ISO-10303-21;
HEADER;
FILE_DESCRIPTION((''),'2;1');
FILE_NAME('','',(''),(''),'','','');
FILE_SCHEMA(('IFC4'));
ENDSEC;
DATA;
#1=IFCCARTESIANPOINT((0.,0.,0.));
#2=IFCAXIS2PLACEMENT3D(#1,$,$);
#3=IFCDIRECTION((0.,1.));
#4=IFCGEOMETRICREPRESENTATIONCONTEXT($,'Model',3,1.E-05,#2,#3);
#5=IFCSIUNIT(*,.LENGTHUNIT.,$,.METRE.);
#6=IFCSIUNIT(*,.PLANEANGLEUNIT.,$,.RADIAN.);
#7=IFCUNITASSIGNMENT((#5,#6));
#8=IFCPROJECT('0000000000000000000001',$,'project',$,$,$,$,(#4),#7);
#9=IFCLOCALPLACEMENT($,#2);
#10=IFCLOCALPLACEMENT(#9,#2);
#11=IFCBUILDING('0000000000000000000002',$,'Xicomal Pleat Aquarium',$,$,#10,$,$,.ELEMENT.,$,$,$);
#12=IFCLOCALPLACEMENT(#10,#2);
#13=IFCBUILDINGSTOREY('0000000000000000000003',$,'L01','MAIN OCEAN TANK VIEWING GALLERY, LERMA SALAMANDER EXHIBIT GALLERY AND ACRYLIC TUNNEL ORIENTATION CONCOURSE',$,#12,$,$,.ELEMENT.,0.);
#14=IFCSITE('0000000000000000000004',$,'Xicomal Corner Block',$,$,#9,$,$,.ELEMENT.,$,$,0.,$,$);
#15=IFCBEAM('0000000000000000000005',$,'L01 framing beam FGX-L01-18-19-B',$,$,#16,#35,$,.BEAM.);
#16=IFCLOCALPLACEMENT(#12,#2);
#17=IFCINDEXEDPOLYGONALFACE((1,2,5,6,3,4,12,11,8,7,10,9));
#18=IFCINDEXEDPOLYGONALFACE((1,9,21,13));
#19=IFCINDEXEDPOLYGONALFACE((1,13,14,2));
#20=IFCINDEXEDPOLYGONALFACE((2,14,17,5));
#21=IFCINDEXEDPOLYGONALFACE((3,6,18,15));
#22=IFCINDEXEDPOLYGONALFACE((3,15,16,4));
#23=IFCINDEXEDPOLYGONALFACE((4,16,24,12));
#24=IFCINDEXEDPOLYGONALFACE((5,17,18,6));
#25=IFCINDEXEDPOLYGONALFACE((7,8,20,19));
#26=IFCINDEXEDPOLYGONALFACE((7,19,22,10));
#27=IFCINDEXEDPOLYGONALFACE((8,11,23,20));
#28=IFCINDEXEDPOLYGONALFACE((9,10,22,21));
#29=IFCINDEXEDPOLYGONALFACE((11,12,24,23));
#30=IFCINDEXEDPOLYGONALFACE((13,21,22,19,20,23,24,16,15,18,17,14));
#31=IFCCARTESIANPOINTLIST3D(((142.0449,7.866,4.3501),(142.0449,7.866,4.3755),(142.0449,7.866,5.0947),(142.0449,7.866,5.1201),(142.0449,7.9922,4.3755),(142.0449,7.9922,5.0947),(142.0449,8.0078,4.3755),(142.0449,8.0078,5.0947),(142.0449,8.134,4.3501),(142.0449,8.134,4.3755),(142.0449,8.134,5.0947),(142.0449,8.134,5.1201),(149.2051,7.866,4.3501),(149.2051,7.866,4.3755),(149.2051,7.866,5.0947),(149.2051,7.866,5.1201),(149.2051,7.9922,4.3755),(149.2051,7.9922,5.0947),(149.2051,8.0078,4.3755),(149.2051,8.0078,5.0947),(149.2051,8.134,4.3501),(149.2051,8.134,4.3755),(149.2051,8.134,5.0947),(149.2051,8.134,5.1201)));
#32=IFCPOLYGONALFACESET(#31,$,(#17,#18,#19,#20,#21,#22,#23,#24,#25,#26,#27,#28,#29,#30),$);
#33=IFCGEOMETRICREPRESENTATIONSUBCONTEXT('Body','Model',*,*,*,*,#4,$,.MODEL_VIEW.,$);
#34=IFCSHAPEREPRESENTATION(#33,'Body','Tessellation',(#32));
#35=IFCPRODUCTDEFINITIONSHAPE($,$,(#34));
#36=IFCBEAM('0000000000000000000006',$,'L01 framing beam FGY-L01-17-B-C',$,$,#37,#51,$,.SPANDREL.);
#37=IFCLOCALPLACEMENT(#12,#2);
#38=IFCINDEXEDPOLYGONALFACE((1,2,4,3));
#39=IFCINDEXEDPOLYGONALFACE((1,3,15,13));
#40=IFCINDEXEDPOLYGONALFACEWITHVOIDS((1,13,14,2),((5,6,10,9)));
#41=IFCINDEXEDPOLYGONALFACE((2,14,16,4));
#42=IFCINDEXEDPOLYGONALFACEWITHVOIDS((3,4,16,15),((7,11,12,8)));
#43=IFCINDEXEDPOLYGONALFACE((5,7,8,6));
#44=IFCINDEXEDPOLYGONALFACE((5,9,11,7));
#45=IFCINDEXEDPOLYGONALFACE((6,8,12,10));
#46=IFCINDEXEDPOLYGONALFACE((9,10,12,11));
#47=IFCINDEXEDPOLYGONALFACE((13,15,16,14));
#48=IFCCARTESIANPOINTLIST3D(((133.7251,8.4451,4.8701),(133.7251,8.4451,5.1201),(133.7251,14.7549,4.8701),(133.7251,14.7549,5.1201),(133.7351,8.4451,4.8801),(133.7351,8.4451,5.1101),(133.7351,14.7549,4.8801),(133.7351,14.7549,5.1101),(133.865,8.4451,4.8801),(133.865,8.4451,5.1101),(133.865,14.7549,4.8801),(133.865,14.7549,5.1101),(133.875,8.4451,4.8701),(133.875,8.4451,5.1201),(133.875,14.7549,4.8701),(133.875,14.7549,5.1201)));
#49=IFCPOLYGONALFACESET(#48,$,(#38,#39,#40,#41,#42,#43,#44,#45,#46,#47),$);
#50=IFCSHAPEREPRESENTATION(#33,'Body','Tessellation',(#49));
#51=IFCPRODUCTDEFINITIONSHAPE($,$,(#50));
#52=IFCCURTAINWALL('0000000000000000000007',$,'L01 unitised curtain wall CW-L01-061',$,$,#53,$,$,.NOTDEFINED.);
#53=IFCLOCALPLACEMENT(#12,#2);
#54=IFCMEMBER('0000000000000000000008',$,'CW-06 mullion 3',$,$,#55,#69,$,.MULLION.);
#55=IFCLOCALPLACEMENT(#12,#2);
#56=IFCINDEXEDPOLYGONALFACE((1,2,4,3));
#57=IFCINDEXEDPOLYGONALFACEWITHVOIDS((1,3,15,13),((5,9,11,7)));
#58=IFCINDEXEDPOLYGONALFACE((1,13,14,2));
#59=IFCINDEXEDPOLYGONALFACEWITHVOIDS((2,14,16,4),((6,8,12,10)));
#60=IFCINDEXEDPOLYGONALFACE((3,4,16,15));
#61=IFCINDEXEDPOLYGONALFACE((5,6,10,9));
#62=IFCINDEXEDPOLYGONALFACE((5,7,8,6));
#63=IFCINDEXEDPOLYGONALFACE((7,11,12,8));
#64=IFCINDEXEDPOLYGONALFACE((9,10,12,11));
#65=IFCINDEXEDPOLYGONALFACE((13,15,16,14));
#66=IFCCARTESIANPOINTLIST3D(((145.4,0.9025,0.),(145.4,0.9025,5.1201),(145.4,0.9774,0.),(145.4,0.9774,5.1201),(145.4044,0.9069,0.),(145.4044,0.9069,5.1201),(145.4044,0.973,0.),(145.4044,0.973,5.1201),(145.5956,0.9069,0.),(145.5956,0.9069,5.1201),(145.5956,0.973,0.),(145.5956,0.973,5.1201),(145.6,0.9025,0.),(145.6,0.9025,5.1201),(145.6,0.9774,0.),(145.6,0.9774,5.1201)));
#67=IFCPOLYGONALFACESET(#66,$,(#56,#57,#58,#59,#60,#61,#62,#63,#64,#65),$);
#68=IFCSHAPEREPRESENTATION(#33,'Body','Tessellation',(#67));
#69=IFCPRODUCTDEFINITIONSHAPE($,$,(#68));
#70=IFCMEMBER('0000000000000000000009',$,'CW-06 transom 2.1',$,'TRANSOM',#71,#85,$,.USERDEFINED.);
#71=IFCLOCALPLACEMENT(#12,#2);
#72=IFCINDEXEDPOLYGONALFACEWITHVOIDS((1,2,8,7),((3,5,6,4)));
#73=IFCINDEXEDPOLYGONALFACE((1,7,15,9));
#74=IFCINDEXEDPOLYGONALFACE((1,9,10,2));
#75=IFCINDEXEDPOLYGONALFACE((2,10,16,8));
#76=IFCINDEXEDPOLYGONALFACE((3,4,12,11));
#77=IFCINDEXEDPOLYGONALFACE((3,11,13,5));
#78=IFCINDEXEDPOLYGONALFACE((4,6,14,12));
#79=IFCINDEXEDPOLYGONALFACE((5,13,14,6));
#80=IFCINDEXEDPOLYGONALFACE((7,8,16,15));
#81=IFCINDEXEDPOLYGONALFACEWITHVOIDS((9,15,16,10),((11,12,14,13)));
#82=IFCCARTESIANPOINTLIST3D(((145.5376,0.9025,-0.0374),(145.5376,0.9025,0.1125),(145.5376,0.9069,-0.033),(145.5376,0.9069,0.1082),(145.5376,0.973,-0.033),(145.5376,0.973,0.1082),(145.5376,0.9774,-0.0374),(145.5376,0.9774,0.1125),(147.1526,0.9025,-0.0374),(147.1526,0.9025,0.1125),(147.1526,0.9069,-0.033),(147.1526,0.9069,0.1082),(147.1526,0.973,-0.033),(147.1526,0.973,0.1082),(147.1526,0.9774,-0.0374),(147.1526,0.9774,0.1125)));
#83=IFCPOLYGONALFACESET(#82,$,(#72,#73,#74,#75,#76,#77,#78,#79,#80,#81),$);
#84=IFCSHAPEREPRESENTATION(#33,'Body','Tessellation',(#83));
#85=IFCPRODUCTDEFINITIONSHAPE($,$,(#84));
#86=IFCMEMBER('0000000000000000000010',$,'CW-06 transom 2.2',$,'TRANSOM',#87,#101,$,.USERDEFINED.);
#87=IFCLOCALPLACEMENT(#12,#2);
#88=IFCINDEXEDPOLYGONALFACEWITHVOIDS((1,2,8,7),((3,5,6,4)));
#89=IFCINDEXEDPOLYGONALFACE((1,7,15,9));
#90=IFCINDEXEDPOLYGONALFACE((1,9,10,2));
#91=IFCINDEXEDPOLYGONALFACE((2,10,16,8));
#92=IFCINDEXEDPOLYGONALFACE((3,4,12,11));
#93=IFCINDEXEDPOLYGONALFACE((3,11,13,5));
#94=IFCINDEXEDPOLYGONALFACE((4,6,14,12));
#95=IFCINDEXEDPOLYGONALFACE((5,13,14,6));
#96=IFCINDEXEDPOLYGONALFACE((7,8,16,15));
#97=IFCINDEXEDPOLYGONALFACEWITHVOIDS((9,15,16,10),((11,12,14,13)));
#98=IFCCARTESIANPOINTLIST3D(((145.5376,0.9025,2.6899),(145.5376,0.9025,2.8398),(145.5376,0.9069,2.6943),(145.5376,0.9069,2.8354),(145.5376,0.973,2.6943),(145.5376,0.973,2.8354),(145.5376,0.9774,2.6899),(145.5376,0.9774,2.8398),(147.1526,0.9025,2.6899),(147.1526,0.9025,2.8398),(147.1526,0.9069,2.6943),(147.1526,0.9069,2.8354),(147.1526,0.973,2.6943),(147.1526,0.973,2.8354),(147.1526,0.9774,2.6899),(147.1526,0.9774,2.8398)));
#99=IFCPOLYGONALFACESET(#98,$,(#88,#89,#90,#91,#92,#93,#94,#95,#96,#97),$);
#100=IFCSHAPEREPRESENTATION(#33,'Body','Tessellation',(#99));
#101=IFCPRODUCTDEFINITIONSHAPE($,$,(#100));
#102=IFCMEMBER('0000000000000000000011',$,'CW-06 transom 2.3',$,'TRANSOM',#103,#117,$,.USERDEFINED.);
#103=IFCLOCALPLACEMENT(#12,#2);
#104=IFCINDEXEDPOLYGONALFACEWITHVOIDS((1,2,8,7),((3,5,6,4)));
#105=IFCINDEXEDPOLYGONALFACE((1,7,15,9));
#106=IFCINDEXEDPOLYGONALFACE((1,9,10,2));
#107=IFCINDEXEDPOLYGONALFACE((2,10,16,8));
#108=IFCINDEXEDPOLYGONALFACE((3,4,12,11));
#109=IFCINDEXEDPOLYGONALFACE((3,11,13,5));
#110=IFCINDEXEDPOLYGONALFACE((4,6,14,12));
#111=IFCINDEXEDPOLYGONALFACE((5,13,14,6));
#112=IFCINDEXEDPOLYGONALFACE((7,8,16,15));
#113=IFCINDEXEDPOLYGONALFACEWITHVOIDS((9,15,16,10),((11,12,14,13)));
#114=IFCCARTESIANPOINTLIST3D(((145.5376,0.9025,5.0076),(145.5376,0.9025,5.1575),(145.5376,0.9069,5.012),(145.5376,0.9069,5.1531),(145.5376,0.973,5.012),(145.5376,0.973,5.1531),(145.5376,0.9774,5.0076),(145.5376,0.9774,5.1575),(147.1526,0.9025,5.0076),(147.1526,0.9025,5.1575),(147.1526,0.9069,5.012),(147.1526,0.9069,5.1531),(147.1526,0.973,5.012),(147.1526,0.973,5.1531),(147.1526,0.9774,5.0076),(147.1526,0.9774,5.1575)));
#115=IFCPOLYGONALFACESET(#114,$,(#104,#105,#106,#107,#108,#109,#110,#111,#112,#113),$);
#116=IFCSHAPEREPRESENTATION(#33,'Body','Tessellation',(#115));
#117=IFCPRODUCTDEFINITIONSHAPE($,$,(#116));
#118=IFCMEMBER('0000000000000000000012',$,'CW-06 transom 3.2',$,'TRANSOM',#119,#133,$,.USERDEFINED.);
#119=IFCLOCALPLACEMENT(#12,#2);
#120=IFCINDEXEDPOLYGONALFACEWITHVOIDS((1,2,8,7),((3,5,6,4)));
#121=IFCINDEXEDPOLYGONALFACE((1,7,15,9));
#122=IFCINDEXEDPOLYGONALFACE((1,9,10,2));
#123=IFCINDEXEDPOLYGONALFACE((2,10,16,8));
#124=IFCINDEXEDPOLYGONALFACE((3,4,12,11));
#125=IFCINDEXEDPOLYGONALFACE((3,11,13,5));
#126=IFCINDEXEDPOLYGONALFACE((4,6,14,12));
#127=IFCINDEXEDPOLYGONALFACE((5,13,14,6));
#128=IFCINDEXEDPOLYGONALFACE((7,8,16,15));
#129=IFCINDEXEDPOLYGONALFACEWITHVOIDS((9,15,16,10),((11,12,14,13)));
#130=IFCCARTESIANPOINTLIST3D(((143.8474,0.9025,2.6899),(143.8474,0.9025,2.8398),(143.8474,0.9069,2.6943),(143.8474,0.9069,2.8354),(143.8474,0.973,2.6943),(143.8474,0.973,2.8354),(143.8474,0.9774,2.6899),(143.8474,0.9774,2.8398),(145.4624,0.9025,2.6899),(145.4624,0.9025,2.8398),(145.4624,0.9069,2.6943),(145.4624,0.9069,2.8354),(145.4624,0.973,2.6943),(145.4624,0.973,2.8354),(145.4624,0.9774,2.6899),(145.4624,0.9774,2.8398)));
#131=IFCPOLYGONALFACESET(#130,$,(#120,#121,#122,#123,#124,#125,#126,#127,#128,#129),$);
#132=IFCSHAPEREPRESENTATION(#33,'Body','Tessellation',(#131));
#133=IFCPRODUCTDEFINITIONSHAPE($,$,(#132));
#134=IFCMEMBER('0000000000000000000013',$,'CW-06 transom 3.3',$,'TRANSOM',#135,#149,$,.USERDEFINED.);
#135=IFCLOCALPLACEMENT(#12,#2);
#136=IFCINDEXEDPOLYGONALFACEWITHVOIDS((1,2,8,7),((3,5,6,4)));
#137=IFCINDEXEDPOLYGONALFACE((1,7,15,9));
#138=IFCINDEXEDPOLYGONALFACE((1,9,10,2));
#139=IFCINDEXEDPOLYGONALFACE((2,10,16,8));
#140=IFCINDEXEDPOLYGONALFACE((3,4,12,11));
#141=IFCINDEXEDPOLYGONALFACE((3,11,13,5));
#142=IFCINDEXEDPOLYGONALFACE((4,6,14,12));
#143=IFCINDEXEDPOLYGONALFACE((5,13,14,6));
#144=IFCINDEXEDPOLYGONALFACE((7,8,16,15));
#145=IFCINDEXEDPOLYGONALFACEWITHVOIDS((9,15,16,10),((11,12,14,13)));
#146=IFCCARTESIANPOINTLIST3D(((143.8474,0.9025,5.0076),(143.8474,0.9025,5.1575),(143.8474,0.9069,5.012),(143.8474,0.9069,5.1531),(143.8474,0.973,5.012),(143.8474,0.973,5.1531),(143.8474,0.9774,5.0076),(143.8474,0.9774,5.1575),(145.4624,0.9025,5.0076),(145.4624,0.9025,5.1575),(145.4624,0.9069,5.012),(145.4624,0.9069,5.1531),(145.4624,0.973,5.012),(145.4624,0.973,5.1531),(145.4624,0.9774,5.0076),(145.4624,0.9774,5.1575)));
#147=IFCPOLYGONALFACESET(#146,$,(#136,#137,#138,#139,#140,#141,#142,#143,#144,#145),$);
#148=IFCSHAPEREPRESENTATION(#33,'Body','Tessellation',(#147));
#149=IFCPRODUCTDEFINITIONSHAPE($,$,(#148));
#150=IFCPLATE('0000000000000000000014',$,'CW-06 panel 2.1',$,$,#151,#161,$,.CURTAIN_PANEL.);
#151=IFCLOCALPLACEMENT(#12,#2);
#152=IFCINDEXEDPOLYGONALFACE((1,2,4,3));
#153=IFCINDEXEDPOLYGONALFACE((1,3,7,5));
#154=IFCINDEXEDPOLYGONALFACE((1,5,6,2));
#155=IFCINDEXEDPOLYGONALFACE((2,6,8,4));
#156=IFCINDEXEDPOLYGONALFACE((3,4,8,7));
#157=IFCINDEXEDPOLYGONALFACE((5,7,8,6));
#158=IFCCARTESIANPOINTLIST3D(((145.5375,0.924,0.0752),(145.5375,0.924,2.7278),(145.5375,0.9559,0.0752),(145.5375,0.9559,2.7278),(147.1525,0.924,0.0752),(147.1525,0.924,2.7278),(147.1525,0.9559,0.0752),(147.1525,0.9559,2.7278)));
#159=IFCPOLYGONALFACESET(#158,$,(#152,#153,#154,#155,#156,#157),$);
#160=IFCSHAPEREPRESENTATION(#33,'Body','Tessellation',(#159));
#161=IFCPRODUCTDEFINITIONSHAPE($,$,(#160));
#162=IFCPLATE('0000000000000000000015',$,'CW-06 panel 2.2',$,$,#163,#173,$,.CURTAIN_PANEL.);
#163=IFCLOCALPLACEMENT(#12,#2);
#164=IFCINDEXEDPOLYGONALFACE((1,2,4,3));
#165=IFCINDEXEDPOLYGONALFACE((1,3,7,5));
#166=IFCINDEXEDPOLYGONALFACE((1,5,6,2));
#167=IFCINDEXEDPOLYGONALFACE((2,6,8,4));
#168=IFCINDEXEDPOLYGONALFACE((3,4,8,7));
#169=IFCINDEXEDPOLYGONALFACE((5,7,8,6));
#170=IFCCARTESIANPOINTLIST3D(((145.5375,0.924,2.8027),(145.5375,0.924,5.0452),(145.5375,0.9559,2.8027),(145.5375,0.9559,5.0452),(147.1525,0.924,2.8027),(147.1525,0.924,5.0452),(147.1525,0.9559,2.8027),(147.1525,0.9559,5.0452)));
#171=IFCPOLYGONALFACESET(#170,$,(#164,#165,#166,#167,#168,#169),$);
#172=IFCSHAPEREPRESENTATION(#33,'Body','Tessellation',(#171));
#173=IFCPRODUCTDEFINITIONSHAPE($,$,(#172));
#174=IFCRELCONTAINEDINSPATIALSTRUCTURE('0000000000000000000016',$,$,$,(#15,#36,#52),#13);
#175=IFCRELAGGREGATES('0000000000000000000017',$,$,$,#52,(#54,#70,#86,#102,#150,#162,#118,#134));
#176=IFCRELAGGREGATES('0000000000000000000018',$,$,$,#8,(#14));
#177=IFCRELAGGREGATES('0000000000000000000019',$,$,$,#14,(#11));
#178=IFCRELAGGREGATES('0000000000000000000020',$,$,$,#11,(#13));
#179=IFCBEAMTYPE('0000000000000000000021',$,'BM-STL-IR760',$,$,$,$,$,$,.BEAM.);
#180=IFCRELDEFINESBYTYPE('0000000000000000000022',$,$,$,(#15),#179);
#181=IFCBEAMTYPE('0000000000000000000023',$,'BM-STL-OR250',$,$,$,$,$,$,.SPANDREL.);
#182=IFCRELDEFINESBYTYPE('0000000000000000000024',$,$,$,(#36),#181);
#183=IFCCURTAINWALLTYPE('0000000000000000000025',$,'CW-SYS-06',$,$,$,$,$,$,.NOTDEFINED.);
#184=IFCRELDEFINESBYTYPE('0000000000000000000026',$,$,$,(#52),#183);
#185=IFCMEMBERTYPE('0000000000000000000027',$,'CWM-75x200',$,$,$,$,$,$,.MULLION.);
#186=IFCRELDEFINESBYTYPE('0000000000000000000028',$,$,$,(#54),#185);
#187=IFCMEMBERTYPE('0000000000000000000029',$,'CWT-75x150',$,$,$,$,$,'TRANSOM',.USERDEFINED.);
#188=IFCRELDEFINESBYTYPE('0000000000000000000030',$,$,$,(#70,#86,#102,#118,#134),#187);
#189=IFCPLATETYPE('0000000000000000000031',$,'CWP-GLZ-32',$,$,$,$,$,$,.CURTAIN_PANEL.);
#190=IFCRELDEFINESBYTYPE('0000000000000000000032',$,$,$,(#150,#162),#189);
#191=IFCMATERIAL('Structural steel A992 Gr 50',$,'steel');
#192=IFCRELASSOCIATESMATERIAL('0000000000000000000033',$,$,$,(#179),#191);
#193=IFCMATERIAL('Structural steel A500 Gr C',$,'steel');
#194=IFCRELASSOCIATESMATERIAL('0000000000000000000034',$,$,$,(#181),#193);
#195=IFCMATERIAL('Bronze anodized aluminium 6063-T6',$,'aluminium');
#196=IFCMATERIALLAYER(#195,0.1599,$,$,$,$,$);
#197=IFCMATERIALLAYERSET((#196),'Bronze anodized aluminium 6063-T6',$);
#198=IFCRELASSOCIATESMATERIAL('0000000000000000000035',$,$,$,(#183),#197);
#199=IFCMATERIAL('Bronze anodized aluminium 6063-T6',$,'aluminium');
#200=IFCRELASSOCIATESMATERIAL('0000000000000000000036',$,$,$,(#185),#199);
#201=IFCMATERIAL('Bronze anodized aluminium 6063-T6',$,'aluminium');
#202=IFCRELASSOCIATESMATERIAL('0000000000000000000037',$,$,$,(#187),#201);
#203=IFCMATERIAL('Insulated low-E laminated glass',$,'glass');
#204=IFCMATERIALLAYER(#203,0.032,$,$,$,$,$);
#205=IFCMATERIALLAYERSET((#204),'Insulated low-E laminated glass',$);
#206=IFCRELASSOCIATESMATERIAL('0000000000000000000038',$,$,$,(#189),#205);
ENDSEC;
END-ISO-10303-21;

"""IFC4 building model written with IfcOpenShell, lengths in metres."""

from ifc_helpers import new_model, si_unit, direction, frame, origin, origin_2d, place, context, subcontext, project, spatial, rectangle, hollow_rectangle, i_section, extrude, material, layer, layer_set, material_profile, profile_set, type_object, element, aggregate, save


model = new_model("IFC4")

# Units and contexts
model_context = context("Model", 3, precision=1e-05, world=origin(), true_north=direction((0.0, 1.0)))
body_context = subcontext(model_context, "Body", "Model", "MODEL_VIEW")
ifc_project = project(units=[si_unit("LENGTHUNIT", "METRE"), si_unit("PLANEANGLEUNIT", "RADIAN")], contexts=[model_context])

# Site, building, storey
site_placement = place(None, origin())
site = spatial("IfcSite", under=ifc_project, at=site_placement, Name="Xicomal Corner Block", CompositionType="ELEMENT", RefElevation=0.0)
building_placement = place(site_placement, origin())
building = spatial("IfcBuilding", under=site, at=building_placement, Name="Xicomal Pleat Aquarium", CompositionType="ELEMENT")
storey_placement = place(building_placement, origin())
storey = spatial("IfcBuildingStorey", under=building, at=storey_placement, Name="L01", Description="MAIN OCEAN TANK VIEWING GALLERY, LERMA SALAMANDER EXHIBIT GALLERY AND ACRYLIC TUNNEL ORIENTATION CONCOURSE", CompositionType="ELEMENT", Elevation=0.0)

# Beams
ifc_material_1 = material(Name="Structural steel A992 Gr 50", Category="steel")
ifc_material_profile_1 = material_profile(ifc_material_1, i_section(OverallWidth=0.2681, OverallDepth=0.77, WebThickness=0.0156, FlangeThickness=0.0254, at=origin_2d()), Name="IR 760x196")
ifc_profile_set_1 = profile_set([ifc_material_profile_1], Name="Structural steel A992 Gr 50")
beam_type_1 = type_object("IfcBeamType", Name="BM-STL-IR760", PredefinedType="BEAM", material=ifc_profile_set_1)
beam_1_placement = place(storey_placement, frame((142.0449, 8.0, 4.7351), z_axis=(1.0, 0.0, 0.0), x_axis=(0.0, 1.0, 0.0)))
element("IfcBeam", 1, at=beam_1_placement, inside=storey, type_object=beam_type_1, Name="L01 framing beam FGX-L01-18-19-B", PredefinedType="BEAM", context=body_context, shape_type="SweptSolid", body=[
    extrude(i_section(OverallWidth=0.2681, OverallDepth=0.77, WebThickness=0.0156, FlangeThickness=0.0254, at=origin_2d()), origin(), (0.0, 0.0, 1.0), 7.1602),
])
ifc_material_2 = material(Name="Structural steel A500 Gr C", Category="steel")
ifc_material_profile_2 = material_profile(ifc_material_2, hollow_rectangle(XDim=0.1499, YDim=0.25, WallThickness=0.01, at=origin_2d()), Name="OR 250x150x10")
ifc_profile_set_2 = profile_set([ifc_material_profile_2], Name="Structural steel A500 Gr C")
beam_type_2 = type_object("IfcBeamType", Name="BM-STL-OR250", PredefinedType="SPANDREL", material=ifc_profile_set_2)
beam_2_placement = place(storey_placement, frame((133.8, 8.4451, 4.9951), z_axis=(0.0, 1.0, 0.0), x_axis=(-1.0, 0.0, 0.0)))
element("IfcBeam", 2, at=beam_2_placement, inside=storey, type_object=beam_type_2, Name="L01 framing beam FGY-L01-17-B-C", PredefinedType="SPANDREL", context=body_context, shape_type="SweptSolid", body=[
    extrude(hollow_rectangle(XDim=0.1499, YDim=0.25, WallThickness=0.01, at=origin_2d()), origin(), (0.0, 0.0, 1.0), 6.3098),
])

# Curtain wall, members, plates
ifc_material_3 = material(Name="Bronze anodized aluminium 6063-T6", Category="aluminium")
ifc_layer_1 = layer(ifc_material_3, 0.1599)
ifc_layer_set_1 = layer_set([ifc_layer_1], Name="Bronze anodized aluminium 6063-T6")
curtain_wall_type = type_object("IfcCurtainWallType", Name="CW-SYS-06", PredefinedType="NOTDEFINED", material=ifc_layer_set_1)
curtain_wall_placement = place(storey_placement, origin())
curtain_wall = element("IfcCurtainWall", 3, at=curtain_wall_placement, inside=storey, type_object=curtain_wall_type, Name="L01 unitised curtain wall CW-L01-061", PredefinedType="NOTDEFINED")
ifc_material_4 = material(Name="Bronze anodized aluminium 6063-T6", Category="aluminium")
ifc_material_profile_3 = material_profile(ifc_material_4, hollow_rectangle(XDim=0.075, YDim=0.2, WallThickness=0.0044, at=origin_2d()), Name="ALU MULL 75x200")
ifc_profile_set_3 = profile_set([ifc_material_profile_3], Name="Bronze anodized aluminium 6063-T6")
member_type_1 = type_object("IfcMemberType", Name="CWM-75x200", PredefinedType="MULLION", material=ifc_profile_set_3)
member_1_placement = place(storey_placement, frame((145.5, 0.9399, 0.0), z_axis=(0.0, 0.0, 1.0), x_axis=(0.0, -1.0, 0.0)))
member_1 = element("IfcMember", 4, at=member_1_placement, type_object=member_type_1, Name="CW-06 mullion 3", PredefinedType="MULLION", context=body_context, shape_type="SweptSolid", body=[
    extrude(hollow_rectangle(XDim=0.075, YDim=0.2, WallThickness=0.0044, at=origin_2d()), origin(), (0.0, 0.0, 1.0), 5.1201),
])
ifc_material_5 = material(Name="Bronze anodized aluminium 6063-T6", Category="aluminium")
ifc_material_profile_4 = material_profile(ifc_material_5, hollow_rectangle(XDim=0.075, YDim=0.1499, WallThickness=0.0044, at=origin_2d()), Name="ALU TRAN 75x150")
ifc_profile_set_4 = profile_set([ifc_material_profile_4], Name="Bronze anodized aluminium 6063-T6")
member_type_2 = type_object("IfcMemberType", Name="CWT-75x150", ElementType="TRANSOM", PredefinedType="USERDEFINED", material=ifc_profile_set_4)
member_2_placement = place(storey_placement, frame((147.1526, 0.9399, 0.0376), z_axis=(-1.0, 0.0, 0.0), x_axis=(0.0, -1.0, 0.0)))
member_2 = element("IfcMember", 5, at=member_2_placement, type_object=member_type_2, Name="CW-06 transom 2.1", ObjectType="TRANSOM", PredefinedType="USERDEFINED", context=body_context, shape_type="SweptSolid", body=[
    extrude(hollow_rectangle(XDim=0.075, YDim=0.1499, WallThickness=0.0044, at=origin_2d()), origin(), (0.0, 0.0, 1.0), 1.615),
])
member_3_placement = place(storey_placement, frame((147.1526, 0.9399, 2.7649), z_axis=(-1.0, 0.0, 0.0), x_axis=(0.0, -1.0, 0.0)))
member_3 = element("IfcMember", 6, at=member_3_placement, type_object=member_type_2, Name="CW-06 transom 2.2", ObjectType="TRANSOM", PredefinedType="USERDEFINED", context=body_context, shape_type="SweptSolid", body=[
    extrude(hollow_rectangle(XDim=0.075, YDim=0.1499, WallThickness=0.0044, at=origin_2d()), origin(), (0.0, 0.0, 1.0), 1.615),
])
member_4_placement = place(storey_placement, frame((147.1526, 0.9399, 5.0825), z_axis=(-1.0, 0.0, 0.0), x_axis=(0.0, -1.0, 0.0)))
member_4 = element("IfcMember", 7, at=member_4_placement, type_object=member_type_2, Name="CW-06 transom 2.3", ObjectType="TRANSOM", PredefinedType="USERDEFINED", context=body_context, shape_type="SweptSolid", body=[
    extrude(hollow_rectangle(XDim=0.075, YDim=0.1499, WallThickness=0.0044, at=origin_2d()), origin(), (0.0, 0.0, 1.0), 1.615),
])
member_5_placement = place(storey_placement, frame((145.4624, 0.9399, 2.7649), z_axis=(-1.0, 0.0, 0.0), x_axis=(0.0, -1.0, 0.0)))
member_5 = element("IfcMember", 8, at=member_5_placement, type_object=member_type_2, Name="CW-06 transom 3.2", ObjectType="TRANSOM", PredefinedType="USERDEFINED", context=body_context, shape_type="SweptSolid", body=[
    extrude(hollow_rectangle(XDim=0.075, YDim=0.1499, WallThickness=0.0044, at=origin_2d()), origin(), (0.0, 0.0, 1.0), 1.615),
])
member_6_placement = place(storey_placement, frame((145.4624, 0.9399, 5.0825), z_axis=(-1.0, 0.0, 0.0), x_axis=(0.0, -1.0, 0.0)))
member_6 = element("IfcMember", 9, at=member_6_placement, type_object=member_type_2, Name="CW-06 transom 3.3", ObjectType="TRANSOM", PredefinedType="USERDEFINED", context=body_context, shape_type="SweptSolid", body=[
    extrude(hollow_rectangle(XDim=0.075, YDim=0.1499, WallThickness=0.0044, at=origin_2d()), origin(), (0.0, 0.0, 1.0), 1.615),
])
ifc_material_6 = material(Name="Insulated low-E laminated glass", Category="glass")
ifc_layer_2 = layer(ifc_material_6, 0.032)
ifc_layer_set_2 = layer_set([ifc_layer_2], Name="Insulated low-E laminated glass")
plate_type = type_object("IfcPlateType", Name="CWP-GLZ-32", PredefinedType="CURTAIN_PANEL", material=ifc_layer_set_2)
plate_1_placement = place(storey_placement, frame((146.345, 0.9399, 0.0752), z_axis=(0.0, 0.0, 1.0), x_axis=(-1.0, 0.0, 0.0)))
plate_1 = element("IfcPlate", 10, at=plate_1_placement, type_object=plate_type, Name="CW-06 panel 2.1", PredefinedType="CURTAIN_PANEL", context=body_context, shape_type="SweptSolid", body=[
    extrude(rectangle(XDim=1.615, YDim=0.032, at=origin_2d()), origin(), (0.0, 0.0, 1.0), 2.6526),
])
plate_2_placement = place(storey_placement, frame((146.345, 0.9399, 2.8027), z_axis=(0.0, 0.0, 1.0), x_axis=(-1.0, 0.0, 0.0)))
plate_2 = element("IfcPlate", 11, at=plate_2_placement, type_object=plate_type, Name="CW-06 panel 2.2", PredefinedType="CURTAIN_PANEL", context=body_context, shape_type="SweptSolid", body=[
    extrude(rectangle(XDim=1.615, YDim=0.032, at=origin_2d()), origin(), (0.0, 0.0, 1.0), 2.2424),
])
aggregate(curtain_wall, [member_1, member_2, member_3, member_4, plate_1, plate_2, member_5, member_6])

save(model, "model.ifc")
